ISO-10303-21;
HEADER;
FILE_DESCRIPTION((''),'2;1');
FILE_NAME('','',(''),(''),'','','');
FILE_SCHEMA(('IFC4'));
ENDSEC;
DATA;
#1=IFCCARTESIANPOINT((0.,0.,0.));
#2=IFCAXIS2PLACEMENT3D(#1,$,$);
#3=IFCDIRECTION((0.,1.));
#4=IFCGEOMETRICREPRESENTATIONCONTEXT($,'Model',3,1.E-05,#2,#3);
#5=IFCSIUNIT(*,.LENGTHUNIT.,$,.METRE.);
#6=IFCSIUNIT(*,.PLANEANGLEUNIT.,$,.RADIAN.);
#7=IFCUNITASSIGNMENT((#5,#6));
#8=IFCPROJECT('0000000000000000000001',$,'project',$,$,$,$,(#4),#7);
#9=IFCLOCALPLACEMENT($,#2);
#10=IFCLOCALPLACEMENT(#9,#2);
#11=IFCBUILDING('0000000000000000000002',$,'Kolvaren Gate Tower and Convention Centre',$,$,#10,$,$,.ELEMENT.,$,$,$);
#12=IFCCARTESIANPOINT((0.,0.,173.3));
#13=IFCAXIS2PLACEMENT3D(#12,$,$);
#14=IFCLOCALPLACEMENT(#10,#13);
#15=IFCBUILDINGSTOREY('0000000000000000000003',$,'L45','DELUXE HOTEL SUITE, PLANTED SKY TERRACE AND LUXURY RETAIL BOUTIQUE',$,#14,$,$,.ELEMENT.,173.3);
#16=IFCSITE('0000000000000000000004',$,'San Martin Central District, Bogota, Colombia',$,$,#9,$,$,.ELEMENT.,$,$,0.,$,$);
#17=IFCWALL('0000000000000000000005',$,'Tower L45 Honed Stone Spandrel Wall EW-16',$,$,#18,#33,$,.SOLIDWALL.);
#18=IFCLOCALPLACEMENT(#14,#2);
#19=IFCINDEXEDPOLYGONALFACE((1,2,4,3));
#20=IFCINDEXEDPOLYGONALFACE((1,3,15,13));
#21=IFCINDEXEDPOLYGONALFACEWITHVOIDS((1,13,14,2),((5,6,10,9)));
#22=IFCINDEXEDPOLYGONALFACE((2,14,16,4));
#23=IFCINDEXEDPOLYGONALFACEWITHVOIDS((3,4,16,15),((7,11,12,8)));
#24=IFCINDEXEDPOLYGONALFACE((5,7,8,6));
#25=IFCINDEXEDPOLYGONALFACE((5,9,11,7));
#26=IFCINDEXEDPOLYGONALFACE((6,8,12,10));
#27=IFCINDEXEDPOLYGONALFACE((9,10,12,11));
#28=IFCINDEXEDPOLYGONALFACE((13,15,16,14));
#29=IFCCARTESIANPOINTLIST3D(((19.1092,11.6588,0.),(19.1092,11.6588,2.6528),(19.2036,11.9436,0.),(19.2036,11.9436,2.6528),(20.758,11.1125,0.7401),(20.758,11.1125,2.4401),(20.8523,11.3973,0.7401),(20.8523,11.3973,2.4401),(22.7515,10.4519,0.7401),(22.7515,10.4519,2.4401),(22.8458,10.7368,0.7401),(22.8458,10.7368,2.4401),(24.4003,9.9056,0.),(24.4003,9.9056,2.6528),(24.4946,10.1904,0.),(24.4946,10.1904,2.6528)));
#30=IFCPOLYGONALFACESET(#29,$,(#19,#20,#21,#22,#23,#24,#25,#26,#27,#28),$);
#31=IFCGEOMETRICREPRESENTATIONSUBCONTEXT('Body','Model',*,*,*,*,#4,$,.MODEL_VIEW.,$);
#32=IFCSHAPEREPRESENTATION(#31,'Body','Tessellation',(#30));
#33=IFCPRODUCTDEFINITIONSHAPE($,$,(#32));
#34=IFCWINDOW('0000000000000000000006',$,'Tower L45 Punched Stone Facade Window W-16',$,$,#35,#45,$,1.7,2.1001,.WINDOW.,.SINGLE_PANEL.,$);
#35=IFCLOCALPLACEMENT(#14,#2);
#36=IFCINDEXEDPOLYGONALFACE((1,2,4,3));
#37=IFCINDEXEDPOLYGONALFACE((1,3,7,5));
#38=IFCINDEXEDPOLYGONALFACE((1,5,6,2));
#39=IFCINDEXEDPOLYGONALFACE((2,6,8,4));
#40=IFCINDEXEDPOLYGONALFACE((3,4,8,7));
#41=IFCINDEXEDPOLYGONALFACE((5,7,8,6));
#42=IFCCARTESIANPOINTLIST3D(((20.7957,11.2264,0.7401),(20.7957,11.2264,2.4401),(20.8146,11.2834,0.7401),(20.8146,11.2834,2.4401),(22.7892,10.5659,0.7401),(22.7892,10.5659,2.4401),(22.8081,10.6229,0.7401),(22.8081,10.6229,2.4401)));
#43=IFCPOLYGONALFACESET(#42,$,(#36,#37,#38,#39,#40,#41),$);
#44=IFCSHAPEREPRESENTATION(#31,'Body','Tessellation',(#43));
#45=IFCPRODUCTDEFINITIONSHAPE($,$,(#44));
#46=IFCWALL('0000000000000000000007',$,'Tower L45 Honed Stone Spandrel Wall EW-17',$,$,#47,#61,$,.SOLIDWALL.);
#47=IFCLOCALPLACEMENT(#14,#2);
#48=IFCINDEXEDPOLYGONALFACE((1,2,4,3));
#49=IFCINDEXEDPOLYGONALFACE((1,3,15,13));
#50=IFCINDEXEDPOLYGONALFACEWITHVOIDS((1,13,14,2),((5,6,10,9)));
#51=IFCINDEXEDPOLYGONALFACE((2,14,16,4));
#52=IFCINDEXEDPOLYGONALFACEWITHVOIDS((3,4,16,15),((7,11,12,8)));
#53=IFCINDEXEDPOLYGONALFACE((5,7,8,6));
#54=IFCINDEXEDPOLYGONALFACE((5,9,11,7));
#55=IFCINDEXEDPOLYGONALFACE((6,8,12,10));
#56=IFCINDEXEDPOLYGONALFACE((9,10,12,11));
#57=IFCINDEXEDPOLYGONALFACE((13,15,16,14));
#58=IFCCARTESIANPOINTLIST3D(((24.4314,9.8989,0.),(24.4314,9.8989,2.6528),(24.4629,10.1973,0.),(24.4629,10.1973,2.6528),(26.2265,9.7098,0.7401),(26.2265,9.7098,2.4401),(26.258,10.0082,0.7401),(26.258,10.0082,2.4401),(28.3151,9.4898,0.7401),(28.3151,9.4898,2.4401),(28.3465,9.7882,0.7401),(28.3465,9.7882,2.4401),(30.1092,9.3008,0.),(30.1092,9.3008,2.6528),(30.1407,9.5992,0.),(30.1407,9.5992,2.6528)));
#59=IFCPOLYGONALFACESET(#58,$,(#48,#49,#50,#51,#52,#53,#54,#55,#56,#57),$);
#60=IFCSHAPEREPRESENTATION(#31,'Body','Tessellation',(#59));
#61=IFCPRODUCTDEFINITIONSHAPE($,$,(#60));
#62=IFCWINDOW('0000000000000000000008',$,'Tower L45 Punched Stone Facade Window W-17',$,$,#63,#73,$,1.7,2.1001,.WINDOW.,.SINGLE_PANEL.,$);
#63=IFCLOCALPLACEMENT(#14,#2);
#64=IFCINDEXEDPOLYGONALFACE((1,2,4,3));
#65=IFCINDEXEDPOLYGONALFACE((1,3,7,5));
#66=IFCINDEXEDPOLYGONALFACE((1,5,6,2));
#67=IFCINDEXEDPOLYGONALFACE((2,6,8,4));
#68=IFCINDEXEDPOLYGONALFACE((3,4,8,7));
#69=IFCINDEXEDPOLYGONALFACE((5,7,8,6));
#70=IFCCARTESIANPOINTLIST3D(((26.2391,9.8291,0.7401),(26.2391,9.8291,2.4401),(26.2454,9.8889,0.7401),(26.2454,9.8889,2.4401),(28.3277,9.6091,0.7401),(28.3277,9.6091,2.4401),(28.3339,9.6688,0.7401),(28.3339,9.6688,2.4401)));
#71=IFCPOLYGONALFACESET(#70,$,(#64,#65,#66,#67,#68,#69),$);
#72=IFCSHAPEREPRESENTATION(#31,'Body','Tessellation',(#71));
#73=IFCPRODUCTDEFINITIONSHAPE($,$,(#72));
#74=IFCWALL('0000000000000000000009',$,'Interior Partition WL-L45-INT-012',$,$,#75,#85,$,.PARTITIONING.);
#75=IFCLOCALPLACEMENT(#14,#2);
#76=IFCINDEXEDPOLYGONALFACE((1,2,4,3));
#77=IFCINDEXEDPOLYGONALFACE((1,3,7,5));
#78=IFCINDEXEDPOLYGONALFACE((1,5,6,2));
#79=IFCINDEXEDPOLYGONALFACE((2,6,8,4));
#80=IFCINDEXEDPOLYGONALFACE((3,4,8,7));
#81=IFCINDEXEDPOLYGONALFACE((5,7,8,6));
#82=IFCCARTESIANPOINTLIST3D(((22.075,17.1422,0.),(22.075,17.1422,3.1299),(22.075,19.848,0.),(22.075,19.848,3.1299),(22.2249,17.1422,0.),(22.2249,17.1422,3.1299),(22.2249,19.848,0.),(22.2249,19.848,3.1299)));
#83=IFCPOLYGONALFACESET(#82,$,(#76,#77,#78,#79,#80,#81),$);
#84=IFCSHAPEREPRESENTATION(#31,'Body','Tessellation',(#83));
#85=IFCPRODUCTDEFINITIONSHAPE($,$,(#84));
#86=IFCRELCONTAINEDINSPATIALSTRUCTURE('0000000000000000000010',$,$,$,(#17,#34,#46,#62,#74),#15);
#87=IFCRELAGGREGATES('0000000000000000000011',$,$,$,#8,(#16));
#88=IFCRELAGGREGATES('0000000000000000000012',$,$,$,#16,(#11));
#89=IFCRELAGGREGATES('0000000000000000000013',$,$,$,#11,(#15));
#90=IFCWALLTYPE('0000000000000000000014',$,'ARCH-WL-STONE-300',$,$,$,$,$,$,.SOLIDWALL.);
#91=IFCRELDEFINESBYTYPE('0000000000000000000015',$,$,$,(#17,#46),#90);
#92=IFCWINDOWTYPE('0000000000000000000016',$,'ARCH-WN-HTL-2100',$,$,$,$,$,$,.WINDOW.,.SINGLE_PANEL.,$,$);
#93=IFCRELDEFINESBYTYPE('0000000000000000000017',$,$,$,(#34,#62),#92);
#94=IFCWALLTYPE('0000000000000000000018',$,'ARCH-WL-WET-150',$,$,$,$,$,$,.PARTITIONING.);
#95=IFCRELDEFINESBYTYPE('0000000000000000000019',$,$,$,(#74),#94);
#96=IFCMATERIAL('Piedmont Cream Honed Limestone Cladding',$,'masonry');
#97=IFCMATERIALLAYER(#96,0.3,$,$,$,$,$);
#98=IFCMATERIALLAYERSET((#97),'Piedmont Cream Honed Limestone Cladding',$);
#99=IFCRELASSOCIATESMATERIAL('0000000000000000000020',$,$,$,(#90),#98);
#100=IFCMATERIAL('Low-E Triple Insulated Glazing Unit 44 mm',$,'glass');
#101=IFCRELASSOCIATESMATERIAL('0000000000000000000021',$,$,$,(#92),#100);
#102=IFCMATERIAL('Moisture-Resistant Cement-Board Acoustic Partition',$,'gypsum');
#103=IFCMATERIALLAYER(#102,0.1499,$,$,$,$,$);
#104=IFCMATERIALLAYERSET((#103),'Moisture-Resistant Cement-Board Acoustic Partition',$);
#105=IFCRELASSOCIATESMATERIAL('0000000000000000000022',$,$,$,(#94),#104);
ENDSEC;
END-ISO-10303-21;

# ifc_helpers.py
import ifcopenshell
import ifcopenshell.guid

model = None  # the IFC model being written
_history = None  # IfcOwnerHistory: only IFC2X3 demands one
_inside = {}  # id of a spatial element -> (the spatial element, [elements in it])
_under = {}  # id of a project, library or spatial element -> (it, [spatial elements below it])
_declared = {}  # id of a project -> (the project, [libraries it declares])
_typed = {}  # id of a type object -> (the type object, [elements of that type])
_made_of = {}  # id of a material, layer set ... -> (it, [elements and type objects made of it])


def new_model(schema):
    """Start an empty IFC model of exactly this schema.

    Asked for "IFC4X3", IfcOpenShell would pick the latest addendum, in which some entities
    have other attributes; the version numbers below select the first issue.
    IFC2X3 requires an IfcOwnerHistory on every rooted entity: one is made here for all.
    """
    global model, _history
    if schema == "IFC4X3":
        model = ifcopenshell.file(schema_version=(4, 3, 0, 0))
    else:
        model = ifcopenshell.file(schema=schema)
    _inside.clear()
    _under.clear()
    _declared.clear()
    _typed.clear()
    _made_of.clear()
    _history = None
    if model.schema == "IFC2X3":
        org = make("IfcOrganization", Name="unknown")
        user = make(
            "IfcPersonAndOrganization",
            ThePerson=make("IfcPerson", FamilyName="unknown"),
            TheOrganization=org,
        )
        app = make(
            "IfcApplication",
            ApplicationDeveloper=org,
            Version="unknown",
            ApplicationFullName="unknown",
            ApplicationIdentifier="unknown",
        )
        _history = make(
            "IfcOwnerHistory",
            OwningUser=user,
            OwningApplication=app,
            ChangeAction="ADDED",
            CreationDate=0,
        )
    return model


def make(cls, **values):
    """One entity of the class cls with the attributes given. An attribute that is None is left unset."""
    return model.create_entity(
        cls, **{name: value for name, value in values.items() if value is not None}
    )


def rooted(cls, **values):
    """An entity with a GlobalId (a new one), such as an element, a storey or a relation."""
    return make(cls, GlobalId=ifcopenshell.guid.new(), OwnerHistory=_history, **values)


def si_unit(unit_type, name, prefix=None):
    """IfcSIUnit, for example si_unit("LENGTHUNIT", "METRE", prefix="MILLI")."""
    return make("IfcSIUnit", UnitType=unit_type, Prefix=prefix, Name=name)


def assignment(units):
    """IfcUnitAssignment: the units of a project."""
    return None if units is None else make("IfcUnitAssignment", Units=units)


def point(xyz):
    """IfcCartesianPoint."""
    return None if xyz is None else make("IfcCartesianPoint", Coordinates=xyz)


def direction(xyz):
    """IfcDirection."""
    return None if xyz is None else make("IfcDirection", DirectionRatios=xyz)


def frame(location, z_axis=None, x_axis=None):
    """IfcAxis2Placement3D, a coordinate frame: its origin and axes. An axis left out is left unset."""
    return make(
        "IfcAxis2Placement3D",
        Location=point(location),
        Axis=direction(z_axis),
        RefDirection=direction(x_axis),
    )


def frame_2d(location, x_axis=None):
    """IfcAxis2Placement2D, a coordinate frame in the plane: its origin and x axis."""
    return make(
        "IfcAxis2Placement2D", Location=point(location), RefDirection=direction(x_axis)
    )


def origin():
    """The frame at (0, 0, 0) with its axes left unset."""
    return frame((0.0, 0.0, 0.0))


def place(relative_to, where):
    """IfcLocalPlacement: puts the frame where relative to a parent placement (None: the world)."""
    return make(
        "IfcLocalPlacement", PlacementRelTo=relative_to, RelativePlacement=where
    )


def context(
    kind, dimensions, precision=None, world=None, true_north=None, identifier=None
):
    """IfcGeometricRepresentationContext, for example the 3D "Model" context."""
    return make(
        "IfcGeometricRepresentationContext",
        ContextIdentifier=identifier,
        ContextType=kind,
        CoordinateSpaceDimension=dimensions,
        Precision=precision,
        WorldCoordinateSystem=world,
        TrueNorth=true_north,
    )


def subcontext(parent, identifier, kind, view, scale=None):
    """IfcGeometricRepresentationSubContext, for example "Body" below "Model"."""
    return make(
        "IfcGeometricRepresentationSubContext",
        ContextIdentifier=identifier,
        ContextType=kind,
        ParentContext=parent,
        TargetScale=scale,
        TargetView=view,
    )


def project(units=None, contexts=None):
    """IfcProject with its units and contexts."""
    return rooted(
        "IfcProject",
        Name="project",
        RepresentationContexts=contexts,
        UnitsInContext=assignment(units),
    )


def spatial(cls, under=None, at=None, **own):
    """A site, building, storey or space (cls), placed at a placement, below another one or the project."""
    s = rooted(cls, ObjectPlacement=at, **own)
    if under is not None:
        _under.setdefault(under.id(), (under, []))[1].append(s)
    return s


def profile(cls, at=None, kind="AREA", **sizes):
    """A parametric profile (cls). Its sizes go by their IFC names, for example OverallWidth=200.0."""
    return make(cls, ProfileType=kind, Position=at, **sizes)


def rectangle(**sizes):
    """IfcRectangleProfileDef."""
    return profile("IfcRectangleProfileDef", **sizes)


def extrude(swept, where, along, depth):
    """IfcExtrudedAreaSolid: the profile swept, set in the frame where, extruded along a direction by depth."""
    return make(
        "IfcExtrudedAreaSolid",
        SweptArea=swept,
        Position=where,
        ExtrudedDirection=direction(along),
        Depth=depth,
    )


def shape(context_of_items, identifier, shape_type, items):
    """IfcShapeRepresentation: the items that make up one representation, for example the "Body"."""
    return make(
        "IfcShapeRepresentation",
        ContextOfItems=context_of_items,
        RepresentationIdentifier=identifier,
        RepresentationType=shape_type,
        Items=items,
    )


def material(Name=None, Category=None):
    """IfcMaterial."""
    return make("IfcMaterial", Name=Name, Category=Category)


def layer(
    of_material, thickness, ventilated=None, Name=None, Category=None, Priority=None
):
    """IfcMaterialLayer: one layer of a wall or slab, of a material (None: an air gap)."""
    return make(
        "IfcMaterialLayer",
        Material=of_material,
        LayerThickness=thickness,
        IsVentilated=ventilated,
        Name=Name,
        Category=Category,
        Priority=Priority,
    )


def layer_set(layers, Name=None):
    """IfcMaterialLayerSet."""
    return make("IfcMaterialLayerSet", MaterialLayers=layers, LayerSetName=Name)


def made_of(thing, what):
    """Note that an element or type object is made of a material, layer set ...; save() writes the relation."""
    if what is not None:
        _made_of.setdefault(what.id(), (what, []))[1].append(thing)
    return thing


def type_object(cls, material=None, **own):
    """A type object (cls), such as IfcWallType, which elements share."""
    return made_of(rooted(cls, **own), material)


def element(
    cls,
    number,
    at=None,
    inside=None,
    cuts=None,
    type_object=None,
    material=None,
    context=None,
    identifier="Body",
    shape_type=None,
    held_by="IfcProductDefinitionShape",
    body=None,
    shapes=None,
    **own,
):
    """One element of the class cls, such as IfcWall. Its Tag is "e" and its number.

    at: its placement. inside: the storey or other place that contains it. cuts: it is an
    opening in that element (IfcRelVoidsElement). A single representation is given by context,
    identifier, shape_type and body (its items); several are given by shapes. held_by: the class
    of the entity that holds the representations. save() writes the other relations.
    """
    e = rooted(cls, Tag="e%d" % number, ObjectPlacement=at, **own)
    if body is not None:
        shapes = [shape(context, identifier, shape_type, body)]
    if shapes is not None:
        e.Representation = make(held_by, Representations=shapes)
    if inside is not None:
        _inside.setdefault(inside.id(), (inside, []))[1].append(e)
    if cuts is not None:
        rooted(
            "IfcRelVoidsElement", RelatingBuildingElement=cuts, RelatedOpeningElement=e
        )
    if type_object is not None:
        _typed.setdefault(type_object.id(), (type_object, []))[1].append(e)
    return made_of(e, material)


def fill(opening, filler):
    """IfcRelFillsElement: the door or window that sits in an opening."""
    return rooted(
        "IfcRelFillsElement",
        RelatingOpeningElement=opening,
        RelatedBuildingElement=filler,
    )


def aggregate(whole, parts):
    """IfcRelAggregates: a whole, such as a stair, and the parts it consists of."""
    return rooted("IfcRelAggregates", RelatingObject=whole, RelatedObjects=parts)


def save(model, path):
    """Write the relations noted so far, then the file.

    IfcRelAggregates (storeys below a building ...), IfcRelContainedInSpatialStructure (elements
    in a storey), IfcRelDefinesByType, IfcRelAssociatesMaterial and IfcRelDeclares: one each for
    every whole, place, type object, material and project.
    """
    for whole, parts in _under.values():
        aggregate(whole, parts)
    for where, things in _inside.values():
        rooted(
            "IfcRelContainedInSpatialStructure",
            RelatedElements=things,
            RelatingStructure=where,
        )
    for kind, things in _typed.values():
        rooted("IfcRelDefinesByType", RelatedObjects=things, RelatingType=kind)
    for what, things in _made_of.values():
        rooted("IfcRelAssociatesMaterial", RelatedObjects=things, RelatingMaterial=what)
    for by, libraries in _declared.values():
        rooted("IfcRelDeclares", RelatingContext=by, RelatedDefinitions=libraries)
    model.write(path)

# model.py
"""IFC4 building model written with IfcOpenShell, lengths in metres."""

from ifc_helpers import new_model, si_unit, direction, frame, frame_2d, origin, place, context, subcontext, project, spatial, rectangle, extrude, material, layer, layer_set, type_object, element, fill, save


model = new_model("IFC4")

# Units and contexts
model_context = context("Model", 3, precision=1e-05, world=origin(), true_north=direction((0.0, 1.0)))
body_context = subcontext(model_context, "Body", "Model", "MODEL_VIEW")
ifc_project = project(units=[si_unit("LENGTHUNIT", "METRE"), si_unit("PLANEANGLEUNIT", "RADIAN")], contexts=[model_context])

# Site, building, storey
site_placement = place(None, origin())
site = spatial("IfcSite", under=ifc_project, at=site_placement, Name="San Martin Central District, Bogota, Colombia", CompositionType="ELEMENT", RefElevation=0.0)
building_placement = place(site_placement, origin())
building = spatial("IfcBuilding", under=site, at=building_placement, Name="Kolvaren Gate Tower and Convention Centre", CompositionType="ELEMENT")
storey_placement = place(building_placement, frame((0.0, 0.0, 173.3)))
storey = spatial("IfcBuildingStorey", under=building, at=storey_placement, Name="L45", Description="DELUXE HOTEL SUITE, PLANTED SKY TERRACE AND LUXURY RETAIL BOUTIQUE", CompositionType="ELEMENT", Elevation=173.3)

# Shared definitions
ifc_material_1 = material(Name="Piedmont Cream Honed Limestone Cladding", Category="masonry")

# Walls, openings, windows
ifc_layer_1 = layer(ifc_material_1, 0.3)
ifc_layer_set_1 = layer_set([ifc_layer_1], Name="Piedmont Cream Honed Limestone Cladding")
wall_type_1 = type_object("IfcWallType", Name="ARCH-WL-STONE-300", PredefinedType="SOLIDWALL", material=ifc_layer_set_1)
wall_1_placement = place(storey_placement, frame((19.1562, 11.8013, 0.0), z_axis=(0.0, 0.0, 1.0), x_axis=(0.949247, -0.314532, 0.0)))
wall_1 = element("IfcWall", 1, at=wall_1_placement, inside=storey, type_object=wall_type_1, Name="Tower L45 Honed Stone Spandrel Wall EW-16", PredefinedType="SOLIDWALL", context=body_context, shape_type="SweptSolid", body=[
    extrude(rectangle(XDim=5.574, YDim=0.3, at=frame_2d((2.7871, 0.0))), origin(), (0.0, 0.0, 1.0), 2.6528),
])
opening_1_placement = place(wall_1_placement, frame((1.7371, 0.0, 0.74)))
opening_1 = element("IfcOpeningElement", 2, at=opening_1_placement, cuts=wall_1, PredefinedType="OPENING", context=body_context, shape_type="SweptSolid", body=[
    extrude(rectangle(XDim=2.1001, YDim=1.7, at=frame_2d((1.05, 0.8501))), frame((0.0, 0.1599, 0.0), z_axis=(0.0, -1.0, 0.0), x_axis=(1.0, 0.0, 0.0)), (0.0, 0.0, 1.0), 0.3201),
])
ifc_material_2 = material(Name="Low-E Triple Insulated Glazing Unit 44 mm", Category="glass")
window_type = type_object("IfcWindowType", Name="ARCH-WN-HTL-2100", PartitioningType="SINGLE_PANEL", PredefinedType="WINDOW", material=ifc_material_2)
window_1_placement = place(opening_1_placement, origin())
window_1 = element("IfcWindow", 3, at=window_1_placement, inside=storey, type_object=window_type, Name="Tower L45 Punched Stone Facade Window W-16", OverallHeight=1.7, OverallWidth=2.1001, PartitioningType="SINGLE_PANEL", PredefinedType="WINDOW", context=body_context, shape_type="SweptSolid", body=[
    extrude(rectangle(XDim=2.1001, YDim=1.7, at=frame_2d((1.05, 0.8501))), frame((0.0, 0.03, 0.0), z_axis=(0.0, -1.0, 0.0), x_axis=(1.0, 0.0, 0.0)), (0.0, 0.0, 1.0), 0.0601),
])
fill(opening_1, window_1)
wall_2_placement = place(storey_placement, frame((24.4473, 10.0481, 0.0), z_axis=(0.0, 0.0, 1.0), x_axis=(0.994497, -0.104769, 0.0)))
wall_2 = element("IfcWall", 4, at=wall_2_placement, inside=storey, type_object=wall_type_1, Name="Tower L45 Honed Stone Spandrel Wall EW-17", PredefinedType="SOLIDWALL", context=body_context, shape_type="SweptSolid", body=[
    extrude(rectangle(XDim=5.7092, YDim=0.3, at=frame_2d((2.8545, 0.0))), origin(), (0.0, 0.0, 1.0), 2.6528),
])
opening_2_placement = place(wall_2_placement, frame((1.8049, 0.0, 0.74)))
opening_2 = element("IfcOpeningElement", 5, at=opening_2_placement, cuts=wall_2, PredefinedType="OPENING", context=body_context, shape_type="SweptSolid", body=[
    extrude(rectangle(XDim=2.1001, YDim=1.7, at=frame_2d((1.05, 0.8501))), frame((0.0, 0.1599, 0.0), z_axis=(0.0, -1.0, 0.0), x_axis=(1.0, 0.0, 0.0)), (0.0, 0.0, 1.0), 0.3201),
])
window_2_placement = place(opening_2_placement, origin())
window_2 = element("IfcWindow", 6, at=window_2_placement, inside=storey, type_object=window_type, Name="Tower L45 Punched Stone Facade Window W-17", OverallHeight=1.7, OverallWidth=2.1001, PartitioningType="SINGLE_PANEL", PredefinedType="WINDOW", context=body_context, shape_type="SweptSolid", body=[
    extrude(rectangle(XDim=2.1001, YDim=1.7, at=frame_2d((1.05, 0.8501))), frame((0.0, 0.03, 0.0), z_axis=(0.0, -1.0, 0.0), x_axis=(1.0, 0.0, 0.0)), (0.0, 0.0, 1.0), 0.0601),
])
fill(opening_2, window_2)

# Wall
ifc_material_3 = material(Name="Moisture-Resistant Cement-Board Acoustic Partition", Category="gypsum")
ifc_layer_2 = layer(ifc_material_3, 0.1499)
ifc_layer_set_2 = layer_set([ifc_layer_2], Name="Moisture-Resistant Cement-Board Acoustic Partition")
wall_type_2 = type_object("IfcWallType", Name="ARCH-WL-WET-150", PredefinedType="PARTITIONING", material=ifc_layer_set_2)
wall_3_placement = place(storey_placement, frame((22.1499, 17.1421, 0.0), z_axis=(0.0, 0.0, 1.0), x_axis=(0.0, 1.0, 0.0)))
element("IfcWall", 7, at=wall_3_placement, inside=storey, type_object=wall_type_2, Name="Interior Partition WL-L45-INT-012", PredefinedType="PARTITIONING", context=body_context, shape_type="SweptSolid", body=[
    extrude(rectangle(XDim=2.7058, YDim=0.1499, at=frame_2d((1.353, 0.0))), origin(), (0.0, 0.0, 1.0), 3.1299),
])

save(model, "model.ifc")
